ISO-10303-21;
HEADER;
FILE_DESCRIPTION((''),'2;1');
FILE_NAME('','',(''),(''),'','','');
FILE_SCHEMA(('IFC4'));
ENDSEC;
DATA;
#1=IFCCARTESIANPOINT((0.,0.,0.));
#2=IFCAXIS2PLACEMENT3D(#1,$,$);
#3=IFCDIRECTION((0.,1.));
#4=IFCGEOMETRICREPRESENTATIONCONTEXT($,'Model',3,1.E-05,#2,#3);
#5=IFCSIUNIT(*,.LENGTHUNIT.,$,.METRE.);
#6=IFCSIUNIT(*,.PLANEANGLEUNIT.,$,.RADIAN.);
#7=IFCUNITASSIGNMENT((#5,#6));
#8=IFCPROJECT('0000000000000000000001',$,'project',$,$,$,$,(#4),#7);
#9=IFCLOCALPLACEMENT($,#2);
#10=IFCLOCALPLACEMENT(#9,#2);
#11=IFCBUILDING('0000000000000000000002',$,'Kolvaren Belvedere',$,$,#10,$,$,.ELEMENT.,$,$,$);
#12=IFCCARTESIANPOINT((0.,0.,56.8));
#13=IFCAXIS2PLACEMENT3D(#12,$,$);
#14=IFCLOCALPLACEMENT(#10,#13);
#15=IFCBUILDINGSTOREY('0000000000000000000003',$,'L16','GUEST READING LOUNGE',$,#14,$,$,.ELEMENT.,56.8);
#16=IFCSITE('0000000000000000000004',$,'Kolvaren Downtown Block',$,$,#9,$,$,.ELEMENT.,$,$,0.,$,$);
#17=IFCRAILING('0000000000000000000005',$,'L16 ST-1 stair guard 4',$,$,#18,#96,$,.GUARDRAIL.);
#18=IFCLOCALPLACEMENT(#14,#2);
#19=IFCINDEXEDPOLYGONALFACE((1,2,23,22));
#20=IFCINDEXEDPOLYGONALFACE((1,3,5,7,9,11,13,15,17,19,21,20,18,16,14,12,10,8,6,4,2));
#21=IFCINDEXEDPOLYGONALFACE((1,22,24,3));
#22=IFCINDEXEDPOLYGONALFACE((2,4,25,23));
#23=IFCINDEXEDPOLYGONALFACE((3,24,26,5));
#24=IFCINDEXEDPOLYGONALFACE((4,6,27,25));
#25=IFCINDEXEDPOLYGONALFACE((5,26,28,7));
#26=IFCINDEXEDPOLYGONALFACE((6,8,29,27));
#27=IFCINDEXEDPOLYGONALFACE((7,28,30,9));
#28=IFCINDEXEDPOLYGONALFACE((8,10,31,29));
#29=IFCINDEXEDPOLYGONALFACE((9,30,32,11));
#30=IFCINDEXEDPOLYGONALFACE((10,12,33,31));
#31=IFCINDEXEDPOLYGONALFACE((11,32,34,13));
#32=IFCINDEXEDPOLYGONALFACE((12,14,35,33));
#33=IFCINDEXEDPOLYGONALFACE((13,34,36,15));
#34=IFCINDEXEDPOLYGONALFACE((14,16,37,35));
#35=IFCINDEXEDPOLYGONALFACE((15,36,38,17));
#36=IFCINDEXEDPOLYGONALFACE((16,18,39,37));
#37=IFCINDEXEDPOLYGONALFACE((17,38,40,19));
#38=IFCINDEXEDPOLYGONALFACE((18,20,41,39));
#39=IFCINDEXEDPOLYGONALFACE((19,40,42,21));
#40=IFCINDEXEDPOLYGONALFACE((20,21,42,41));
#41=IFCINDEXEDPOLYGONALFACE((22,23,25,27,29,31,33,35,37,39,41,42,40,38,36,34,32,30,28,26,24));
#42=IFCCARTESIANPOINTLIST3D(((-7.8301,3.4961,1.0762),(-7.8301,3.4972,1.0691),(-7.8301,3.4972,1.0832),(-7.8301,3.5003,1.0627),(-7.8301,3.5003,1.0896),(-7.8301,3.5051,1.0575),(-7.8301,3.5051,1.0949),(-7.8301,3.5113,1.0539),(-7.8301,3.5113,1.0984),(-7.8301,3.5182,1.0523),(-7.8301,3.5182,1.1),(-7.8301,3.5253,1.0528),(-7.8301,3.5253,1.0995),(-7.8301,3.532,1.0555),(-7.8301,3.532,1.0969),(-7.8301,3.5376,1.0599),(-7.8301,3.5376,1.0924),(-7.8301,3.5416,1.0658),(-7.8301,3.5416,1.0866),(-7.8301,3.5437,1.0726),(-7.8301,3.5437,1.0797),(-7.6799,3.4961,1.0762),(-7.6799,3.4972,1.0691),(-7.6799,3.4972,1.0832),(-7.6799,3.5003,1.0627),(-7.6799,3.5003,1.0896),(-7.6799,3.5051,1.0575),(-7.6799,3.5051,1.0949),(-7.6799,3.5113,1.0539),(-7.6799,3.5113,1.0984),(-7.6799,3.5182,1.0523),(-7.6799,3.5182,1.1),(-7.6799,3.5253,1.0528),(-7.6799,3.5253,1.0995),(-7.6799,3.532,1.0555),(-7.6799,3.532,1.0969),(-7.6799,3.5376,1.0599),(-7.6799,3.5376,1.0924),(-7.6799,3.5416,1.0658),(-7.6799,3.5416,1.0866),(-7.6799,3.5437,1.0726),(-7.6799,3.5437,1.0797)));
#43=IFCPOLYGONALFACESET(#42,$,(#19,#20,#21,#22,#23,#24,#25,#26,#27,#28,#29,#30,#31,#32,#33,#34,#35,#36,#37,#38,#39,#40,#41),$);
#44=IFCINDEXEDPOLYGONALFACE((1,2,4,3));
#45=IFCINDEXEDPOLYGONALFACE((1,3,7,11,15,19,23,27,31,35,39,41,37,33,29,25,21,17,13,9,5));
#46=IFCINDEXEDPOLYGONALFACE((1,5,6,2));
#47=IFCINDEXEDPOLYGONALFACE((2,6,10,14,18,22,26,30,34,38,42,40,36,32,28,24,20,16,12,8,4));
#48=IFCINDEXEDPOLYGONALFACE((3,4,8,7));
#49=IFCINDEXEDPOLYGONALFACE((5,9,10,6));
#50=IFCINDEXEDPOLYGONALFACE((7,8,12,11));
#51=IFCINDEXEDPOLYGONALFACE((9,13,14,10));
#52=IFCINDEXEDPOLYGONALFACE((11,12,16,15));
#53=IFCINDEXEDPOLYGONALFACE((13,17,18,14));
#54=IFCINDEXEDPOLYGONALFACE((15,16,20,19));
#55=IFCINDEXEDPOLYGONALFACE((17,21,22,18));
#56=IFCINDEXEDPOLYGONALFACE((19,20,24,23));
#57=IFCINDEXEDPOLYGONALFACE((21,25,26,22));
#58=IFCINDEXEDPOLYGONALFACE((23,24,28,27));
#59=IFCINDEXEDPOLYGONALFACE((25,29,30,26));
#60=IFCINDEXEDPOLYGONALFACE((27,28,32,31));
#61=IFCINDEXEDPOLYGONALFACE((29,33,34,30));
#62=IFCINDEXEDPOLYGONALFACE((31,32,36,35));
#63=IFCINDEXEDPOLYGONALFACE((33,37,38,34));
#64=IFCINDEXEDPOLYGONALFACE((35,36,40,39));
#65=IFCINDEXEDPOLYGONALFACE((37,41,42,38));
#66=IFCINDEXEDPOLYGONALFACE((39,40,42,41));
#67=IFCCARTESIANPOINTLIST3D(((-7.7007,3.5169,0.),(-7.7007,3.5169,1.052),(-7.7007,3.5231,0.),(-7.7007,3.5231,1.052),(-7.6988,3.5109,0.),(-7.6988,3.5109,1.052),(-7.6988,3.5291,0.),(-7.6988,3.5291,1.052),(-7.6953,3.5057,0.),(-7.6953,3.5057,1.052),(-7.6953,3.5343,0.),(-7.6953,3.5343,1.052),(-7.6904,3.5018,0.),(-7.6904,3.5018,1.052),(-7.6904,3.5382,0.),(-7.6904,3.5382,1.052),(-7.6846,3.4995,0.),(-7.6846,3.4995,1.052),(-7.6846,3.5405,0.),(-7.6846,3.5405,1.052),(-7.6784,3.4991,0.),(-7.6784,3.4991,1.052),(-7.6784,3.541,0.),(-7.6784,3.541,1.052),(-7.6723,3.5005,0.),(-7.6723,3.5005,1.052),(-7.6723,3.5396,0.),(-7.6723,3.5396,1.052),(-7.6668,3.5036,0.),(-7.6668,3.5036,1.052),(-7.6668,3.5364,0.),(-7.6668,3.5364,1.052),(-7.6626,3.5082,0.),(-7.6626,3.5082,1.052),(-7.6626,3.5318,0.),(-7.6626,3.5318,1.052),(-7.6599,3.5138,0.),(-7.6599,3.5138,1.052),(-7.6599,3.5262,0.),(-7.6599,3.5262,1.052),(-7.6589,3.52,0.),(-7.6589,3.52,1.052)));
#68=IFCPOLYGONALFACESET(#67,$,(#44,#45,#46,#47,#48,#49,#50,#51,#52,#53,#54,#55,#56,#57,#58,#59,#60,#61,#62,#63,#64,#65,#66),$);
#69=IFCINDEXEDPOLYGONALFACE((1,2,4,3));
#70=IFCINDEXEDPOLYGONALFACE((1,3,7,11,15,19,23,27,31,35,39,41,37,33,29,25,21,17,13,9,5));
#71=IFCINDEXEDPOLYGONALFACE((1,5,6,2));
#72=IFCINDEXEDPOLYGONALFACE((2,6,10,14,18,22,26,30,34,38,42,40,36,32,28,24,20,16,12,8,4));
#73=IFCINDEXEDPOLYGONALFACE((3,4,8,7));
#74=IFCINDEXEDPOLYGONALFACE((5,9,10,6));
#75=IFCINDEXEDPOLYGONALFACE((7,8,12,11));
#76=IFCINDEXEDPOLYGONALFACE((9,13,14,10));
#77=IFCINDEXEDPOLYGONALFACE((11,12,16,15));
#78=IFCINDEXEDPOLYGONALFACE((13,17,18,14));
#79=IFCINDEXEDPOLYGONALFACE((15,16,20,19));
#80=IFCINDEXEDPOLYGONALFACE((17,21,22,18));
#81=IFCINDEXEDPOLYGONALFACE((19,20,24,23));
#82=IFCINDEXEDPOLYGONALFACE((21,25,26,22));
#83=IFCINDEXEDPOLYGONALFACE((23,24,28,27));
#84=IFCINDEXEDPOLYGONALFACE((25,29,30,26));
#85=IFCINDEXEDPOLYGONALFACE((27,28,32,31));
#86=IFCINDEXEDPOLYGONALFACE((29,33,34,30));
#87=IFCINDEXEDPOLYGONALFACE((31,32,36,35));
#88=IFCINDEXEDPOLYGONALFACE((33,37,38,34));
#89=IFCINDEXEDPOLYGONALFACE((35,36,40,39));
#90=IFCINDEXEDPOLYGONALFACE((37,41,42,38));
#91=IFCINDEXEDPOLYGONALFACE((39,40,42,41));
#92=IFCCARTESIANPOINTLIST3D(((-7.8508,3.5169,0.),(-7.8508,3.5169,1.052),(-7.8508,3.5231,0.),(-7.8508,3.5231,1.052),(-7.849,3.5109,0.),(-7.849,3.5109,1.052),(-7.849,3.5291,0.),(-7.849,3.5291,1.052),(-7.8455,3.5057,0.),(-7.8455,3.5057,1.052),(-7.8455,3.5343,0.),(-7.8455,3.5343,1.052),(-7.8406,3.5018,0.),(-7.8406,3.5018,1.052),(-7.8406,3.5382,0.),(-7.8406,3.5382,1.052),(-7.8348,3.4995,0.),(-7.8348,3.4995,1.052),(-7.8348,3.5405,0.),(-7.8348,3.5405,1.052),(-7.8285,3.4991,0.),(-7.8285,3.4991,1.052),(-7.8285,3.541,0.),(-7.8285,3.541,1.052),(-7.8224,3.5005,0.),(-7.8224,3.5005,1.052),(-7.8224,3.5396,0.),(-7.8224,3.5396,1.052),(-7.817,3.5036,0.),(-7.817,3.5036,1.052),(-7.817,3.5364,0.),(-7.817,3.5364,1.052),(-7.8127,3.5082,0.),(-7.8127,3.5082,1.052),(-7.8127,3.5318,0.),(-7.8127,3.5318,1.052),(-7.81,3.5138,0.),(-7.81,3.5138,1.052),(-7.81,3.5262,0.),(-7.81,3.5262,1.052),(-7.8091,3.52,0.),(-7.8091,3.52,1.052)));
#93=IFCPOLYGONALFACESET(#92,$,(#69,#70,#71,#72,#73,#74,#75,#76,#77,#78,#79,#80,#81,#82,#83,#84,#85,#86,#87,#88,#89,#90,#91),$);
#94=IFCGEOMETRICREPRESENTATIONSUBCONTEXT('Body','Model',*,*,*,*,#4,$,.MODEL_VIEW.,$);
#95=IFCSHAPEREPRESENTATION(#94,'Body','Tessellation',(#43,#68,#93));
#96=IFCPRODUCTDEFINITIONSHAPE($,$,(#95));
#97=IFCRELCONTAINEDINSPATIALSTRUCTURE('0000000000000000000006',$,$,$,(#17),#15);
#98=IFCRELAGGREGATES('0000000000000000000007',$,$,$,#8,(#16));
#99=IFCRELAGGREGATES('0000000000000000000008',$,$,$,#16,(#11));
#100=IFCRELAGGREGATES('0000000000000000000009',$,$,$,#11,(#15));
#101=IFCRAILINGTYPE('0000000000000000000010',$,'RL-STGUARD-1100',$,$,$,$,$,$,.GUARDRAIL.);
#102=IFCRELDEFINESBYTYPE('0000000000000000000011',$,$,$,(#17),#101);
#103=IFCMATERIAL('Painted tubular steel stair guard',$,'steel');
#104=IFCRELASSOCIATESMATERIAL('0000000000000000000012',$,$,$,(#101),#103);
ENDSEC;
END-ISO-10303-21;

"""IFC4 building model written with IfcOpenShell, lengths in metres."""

from ifc_helpers import new_model, si_unit, direction, frame, origin, origin_2d, place, context, subcontext, project, spatial, circle, extrude, material, type_object, element, save


model = new_model("IFC4")

# Units and contexts
model_context = context("Model", 3, precision=1e-05, world=origin(), true_north=direction((0.0, 1.0)))
body_context = subcontext(model_context, "Body", "Model", "MODEL_VIEW")
ifc_project = project(units=[si_unit("LENGTHUNIT", "METRE"), si_unit("PLANEANGLEUNIT", "RADIAN")], contexts=[model_context])

# Site, building, storey
site_placement = place(None, origin())
site = spatial("IfcSite", under=ifc_project, at=site_placement, Name="Kolvaren Downtown Block", CompositionType="ELEMENT", RefElevation=0.0)
building_placement = place(site_placement, origin())
building = spatial("IfcBuilding", under=site, at=building_placement, Name="Kolvaren Belvedere", CompositionType="ELEMENT")
storey_placement = place(building_placement, frame((0.0, 0.0, 56.8)))
storey = spatial("IfcBuildingStorey", under=building, at=storey_placement, Name="L16", Description="GUEST READING LOUNGE", CompositionType="ELEMENT", Elevation=56.8)

# Railing
ifc_material_1 = material(Name="Painted tubular steel stair guard", Category="steel")
railing_type_1 = type_object("IfcRailingType", Name="RL-STGUARD-1100", PredefinedType="GUARDRAIL", material=ifc_material_1)
railing_1_placement = place(storey_placement, frame((-7.6799, 3.52, 0.0)))
element("IfcRailing", 1, at=railing_1_placement, inside=storey, type_object=railing_type_1, Name="L16 ST-1 stair guard 4", PredefinedType="GUARDRAIL", context=body_context, shape_type="SweptSolid", body=[
    extrude(circle(Radius=0.0239, at=origin_2d()), frame((0.0, 0.0, 1.0762), z_axis=(-1.0, 0.0, 0.0), x_axis=(0.0, -1.0, 0.0)), (0.0, 0.0, 1.0), 0.1501),
    extrude(circle(Radius=0.021, at=origin_2d()), origin(), (0.0, 0.0, 1.0), 1.052),
    extrude(circle(Radius=0.021, at=origin_2d()), frame((-0.1501, 0.0, 0.0)), (0.0, 0.0, 1.0), 1.052),
])

save(model, "model.ifc")
